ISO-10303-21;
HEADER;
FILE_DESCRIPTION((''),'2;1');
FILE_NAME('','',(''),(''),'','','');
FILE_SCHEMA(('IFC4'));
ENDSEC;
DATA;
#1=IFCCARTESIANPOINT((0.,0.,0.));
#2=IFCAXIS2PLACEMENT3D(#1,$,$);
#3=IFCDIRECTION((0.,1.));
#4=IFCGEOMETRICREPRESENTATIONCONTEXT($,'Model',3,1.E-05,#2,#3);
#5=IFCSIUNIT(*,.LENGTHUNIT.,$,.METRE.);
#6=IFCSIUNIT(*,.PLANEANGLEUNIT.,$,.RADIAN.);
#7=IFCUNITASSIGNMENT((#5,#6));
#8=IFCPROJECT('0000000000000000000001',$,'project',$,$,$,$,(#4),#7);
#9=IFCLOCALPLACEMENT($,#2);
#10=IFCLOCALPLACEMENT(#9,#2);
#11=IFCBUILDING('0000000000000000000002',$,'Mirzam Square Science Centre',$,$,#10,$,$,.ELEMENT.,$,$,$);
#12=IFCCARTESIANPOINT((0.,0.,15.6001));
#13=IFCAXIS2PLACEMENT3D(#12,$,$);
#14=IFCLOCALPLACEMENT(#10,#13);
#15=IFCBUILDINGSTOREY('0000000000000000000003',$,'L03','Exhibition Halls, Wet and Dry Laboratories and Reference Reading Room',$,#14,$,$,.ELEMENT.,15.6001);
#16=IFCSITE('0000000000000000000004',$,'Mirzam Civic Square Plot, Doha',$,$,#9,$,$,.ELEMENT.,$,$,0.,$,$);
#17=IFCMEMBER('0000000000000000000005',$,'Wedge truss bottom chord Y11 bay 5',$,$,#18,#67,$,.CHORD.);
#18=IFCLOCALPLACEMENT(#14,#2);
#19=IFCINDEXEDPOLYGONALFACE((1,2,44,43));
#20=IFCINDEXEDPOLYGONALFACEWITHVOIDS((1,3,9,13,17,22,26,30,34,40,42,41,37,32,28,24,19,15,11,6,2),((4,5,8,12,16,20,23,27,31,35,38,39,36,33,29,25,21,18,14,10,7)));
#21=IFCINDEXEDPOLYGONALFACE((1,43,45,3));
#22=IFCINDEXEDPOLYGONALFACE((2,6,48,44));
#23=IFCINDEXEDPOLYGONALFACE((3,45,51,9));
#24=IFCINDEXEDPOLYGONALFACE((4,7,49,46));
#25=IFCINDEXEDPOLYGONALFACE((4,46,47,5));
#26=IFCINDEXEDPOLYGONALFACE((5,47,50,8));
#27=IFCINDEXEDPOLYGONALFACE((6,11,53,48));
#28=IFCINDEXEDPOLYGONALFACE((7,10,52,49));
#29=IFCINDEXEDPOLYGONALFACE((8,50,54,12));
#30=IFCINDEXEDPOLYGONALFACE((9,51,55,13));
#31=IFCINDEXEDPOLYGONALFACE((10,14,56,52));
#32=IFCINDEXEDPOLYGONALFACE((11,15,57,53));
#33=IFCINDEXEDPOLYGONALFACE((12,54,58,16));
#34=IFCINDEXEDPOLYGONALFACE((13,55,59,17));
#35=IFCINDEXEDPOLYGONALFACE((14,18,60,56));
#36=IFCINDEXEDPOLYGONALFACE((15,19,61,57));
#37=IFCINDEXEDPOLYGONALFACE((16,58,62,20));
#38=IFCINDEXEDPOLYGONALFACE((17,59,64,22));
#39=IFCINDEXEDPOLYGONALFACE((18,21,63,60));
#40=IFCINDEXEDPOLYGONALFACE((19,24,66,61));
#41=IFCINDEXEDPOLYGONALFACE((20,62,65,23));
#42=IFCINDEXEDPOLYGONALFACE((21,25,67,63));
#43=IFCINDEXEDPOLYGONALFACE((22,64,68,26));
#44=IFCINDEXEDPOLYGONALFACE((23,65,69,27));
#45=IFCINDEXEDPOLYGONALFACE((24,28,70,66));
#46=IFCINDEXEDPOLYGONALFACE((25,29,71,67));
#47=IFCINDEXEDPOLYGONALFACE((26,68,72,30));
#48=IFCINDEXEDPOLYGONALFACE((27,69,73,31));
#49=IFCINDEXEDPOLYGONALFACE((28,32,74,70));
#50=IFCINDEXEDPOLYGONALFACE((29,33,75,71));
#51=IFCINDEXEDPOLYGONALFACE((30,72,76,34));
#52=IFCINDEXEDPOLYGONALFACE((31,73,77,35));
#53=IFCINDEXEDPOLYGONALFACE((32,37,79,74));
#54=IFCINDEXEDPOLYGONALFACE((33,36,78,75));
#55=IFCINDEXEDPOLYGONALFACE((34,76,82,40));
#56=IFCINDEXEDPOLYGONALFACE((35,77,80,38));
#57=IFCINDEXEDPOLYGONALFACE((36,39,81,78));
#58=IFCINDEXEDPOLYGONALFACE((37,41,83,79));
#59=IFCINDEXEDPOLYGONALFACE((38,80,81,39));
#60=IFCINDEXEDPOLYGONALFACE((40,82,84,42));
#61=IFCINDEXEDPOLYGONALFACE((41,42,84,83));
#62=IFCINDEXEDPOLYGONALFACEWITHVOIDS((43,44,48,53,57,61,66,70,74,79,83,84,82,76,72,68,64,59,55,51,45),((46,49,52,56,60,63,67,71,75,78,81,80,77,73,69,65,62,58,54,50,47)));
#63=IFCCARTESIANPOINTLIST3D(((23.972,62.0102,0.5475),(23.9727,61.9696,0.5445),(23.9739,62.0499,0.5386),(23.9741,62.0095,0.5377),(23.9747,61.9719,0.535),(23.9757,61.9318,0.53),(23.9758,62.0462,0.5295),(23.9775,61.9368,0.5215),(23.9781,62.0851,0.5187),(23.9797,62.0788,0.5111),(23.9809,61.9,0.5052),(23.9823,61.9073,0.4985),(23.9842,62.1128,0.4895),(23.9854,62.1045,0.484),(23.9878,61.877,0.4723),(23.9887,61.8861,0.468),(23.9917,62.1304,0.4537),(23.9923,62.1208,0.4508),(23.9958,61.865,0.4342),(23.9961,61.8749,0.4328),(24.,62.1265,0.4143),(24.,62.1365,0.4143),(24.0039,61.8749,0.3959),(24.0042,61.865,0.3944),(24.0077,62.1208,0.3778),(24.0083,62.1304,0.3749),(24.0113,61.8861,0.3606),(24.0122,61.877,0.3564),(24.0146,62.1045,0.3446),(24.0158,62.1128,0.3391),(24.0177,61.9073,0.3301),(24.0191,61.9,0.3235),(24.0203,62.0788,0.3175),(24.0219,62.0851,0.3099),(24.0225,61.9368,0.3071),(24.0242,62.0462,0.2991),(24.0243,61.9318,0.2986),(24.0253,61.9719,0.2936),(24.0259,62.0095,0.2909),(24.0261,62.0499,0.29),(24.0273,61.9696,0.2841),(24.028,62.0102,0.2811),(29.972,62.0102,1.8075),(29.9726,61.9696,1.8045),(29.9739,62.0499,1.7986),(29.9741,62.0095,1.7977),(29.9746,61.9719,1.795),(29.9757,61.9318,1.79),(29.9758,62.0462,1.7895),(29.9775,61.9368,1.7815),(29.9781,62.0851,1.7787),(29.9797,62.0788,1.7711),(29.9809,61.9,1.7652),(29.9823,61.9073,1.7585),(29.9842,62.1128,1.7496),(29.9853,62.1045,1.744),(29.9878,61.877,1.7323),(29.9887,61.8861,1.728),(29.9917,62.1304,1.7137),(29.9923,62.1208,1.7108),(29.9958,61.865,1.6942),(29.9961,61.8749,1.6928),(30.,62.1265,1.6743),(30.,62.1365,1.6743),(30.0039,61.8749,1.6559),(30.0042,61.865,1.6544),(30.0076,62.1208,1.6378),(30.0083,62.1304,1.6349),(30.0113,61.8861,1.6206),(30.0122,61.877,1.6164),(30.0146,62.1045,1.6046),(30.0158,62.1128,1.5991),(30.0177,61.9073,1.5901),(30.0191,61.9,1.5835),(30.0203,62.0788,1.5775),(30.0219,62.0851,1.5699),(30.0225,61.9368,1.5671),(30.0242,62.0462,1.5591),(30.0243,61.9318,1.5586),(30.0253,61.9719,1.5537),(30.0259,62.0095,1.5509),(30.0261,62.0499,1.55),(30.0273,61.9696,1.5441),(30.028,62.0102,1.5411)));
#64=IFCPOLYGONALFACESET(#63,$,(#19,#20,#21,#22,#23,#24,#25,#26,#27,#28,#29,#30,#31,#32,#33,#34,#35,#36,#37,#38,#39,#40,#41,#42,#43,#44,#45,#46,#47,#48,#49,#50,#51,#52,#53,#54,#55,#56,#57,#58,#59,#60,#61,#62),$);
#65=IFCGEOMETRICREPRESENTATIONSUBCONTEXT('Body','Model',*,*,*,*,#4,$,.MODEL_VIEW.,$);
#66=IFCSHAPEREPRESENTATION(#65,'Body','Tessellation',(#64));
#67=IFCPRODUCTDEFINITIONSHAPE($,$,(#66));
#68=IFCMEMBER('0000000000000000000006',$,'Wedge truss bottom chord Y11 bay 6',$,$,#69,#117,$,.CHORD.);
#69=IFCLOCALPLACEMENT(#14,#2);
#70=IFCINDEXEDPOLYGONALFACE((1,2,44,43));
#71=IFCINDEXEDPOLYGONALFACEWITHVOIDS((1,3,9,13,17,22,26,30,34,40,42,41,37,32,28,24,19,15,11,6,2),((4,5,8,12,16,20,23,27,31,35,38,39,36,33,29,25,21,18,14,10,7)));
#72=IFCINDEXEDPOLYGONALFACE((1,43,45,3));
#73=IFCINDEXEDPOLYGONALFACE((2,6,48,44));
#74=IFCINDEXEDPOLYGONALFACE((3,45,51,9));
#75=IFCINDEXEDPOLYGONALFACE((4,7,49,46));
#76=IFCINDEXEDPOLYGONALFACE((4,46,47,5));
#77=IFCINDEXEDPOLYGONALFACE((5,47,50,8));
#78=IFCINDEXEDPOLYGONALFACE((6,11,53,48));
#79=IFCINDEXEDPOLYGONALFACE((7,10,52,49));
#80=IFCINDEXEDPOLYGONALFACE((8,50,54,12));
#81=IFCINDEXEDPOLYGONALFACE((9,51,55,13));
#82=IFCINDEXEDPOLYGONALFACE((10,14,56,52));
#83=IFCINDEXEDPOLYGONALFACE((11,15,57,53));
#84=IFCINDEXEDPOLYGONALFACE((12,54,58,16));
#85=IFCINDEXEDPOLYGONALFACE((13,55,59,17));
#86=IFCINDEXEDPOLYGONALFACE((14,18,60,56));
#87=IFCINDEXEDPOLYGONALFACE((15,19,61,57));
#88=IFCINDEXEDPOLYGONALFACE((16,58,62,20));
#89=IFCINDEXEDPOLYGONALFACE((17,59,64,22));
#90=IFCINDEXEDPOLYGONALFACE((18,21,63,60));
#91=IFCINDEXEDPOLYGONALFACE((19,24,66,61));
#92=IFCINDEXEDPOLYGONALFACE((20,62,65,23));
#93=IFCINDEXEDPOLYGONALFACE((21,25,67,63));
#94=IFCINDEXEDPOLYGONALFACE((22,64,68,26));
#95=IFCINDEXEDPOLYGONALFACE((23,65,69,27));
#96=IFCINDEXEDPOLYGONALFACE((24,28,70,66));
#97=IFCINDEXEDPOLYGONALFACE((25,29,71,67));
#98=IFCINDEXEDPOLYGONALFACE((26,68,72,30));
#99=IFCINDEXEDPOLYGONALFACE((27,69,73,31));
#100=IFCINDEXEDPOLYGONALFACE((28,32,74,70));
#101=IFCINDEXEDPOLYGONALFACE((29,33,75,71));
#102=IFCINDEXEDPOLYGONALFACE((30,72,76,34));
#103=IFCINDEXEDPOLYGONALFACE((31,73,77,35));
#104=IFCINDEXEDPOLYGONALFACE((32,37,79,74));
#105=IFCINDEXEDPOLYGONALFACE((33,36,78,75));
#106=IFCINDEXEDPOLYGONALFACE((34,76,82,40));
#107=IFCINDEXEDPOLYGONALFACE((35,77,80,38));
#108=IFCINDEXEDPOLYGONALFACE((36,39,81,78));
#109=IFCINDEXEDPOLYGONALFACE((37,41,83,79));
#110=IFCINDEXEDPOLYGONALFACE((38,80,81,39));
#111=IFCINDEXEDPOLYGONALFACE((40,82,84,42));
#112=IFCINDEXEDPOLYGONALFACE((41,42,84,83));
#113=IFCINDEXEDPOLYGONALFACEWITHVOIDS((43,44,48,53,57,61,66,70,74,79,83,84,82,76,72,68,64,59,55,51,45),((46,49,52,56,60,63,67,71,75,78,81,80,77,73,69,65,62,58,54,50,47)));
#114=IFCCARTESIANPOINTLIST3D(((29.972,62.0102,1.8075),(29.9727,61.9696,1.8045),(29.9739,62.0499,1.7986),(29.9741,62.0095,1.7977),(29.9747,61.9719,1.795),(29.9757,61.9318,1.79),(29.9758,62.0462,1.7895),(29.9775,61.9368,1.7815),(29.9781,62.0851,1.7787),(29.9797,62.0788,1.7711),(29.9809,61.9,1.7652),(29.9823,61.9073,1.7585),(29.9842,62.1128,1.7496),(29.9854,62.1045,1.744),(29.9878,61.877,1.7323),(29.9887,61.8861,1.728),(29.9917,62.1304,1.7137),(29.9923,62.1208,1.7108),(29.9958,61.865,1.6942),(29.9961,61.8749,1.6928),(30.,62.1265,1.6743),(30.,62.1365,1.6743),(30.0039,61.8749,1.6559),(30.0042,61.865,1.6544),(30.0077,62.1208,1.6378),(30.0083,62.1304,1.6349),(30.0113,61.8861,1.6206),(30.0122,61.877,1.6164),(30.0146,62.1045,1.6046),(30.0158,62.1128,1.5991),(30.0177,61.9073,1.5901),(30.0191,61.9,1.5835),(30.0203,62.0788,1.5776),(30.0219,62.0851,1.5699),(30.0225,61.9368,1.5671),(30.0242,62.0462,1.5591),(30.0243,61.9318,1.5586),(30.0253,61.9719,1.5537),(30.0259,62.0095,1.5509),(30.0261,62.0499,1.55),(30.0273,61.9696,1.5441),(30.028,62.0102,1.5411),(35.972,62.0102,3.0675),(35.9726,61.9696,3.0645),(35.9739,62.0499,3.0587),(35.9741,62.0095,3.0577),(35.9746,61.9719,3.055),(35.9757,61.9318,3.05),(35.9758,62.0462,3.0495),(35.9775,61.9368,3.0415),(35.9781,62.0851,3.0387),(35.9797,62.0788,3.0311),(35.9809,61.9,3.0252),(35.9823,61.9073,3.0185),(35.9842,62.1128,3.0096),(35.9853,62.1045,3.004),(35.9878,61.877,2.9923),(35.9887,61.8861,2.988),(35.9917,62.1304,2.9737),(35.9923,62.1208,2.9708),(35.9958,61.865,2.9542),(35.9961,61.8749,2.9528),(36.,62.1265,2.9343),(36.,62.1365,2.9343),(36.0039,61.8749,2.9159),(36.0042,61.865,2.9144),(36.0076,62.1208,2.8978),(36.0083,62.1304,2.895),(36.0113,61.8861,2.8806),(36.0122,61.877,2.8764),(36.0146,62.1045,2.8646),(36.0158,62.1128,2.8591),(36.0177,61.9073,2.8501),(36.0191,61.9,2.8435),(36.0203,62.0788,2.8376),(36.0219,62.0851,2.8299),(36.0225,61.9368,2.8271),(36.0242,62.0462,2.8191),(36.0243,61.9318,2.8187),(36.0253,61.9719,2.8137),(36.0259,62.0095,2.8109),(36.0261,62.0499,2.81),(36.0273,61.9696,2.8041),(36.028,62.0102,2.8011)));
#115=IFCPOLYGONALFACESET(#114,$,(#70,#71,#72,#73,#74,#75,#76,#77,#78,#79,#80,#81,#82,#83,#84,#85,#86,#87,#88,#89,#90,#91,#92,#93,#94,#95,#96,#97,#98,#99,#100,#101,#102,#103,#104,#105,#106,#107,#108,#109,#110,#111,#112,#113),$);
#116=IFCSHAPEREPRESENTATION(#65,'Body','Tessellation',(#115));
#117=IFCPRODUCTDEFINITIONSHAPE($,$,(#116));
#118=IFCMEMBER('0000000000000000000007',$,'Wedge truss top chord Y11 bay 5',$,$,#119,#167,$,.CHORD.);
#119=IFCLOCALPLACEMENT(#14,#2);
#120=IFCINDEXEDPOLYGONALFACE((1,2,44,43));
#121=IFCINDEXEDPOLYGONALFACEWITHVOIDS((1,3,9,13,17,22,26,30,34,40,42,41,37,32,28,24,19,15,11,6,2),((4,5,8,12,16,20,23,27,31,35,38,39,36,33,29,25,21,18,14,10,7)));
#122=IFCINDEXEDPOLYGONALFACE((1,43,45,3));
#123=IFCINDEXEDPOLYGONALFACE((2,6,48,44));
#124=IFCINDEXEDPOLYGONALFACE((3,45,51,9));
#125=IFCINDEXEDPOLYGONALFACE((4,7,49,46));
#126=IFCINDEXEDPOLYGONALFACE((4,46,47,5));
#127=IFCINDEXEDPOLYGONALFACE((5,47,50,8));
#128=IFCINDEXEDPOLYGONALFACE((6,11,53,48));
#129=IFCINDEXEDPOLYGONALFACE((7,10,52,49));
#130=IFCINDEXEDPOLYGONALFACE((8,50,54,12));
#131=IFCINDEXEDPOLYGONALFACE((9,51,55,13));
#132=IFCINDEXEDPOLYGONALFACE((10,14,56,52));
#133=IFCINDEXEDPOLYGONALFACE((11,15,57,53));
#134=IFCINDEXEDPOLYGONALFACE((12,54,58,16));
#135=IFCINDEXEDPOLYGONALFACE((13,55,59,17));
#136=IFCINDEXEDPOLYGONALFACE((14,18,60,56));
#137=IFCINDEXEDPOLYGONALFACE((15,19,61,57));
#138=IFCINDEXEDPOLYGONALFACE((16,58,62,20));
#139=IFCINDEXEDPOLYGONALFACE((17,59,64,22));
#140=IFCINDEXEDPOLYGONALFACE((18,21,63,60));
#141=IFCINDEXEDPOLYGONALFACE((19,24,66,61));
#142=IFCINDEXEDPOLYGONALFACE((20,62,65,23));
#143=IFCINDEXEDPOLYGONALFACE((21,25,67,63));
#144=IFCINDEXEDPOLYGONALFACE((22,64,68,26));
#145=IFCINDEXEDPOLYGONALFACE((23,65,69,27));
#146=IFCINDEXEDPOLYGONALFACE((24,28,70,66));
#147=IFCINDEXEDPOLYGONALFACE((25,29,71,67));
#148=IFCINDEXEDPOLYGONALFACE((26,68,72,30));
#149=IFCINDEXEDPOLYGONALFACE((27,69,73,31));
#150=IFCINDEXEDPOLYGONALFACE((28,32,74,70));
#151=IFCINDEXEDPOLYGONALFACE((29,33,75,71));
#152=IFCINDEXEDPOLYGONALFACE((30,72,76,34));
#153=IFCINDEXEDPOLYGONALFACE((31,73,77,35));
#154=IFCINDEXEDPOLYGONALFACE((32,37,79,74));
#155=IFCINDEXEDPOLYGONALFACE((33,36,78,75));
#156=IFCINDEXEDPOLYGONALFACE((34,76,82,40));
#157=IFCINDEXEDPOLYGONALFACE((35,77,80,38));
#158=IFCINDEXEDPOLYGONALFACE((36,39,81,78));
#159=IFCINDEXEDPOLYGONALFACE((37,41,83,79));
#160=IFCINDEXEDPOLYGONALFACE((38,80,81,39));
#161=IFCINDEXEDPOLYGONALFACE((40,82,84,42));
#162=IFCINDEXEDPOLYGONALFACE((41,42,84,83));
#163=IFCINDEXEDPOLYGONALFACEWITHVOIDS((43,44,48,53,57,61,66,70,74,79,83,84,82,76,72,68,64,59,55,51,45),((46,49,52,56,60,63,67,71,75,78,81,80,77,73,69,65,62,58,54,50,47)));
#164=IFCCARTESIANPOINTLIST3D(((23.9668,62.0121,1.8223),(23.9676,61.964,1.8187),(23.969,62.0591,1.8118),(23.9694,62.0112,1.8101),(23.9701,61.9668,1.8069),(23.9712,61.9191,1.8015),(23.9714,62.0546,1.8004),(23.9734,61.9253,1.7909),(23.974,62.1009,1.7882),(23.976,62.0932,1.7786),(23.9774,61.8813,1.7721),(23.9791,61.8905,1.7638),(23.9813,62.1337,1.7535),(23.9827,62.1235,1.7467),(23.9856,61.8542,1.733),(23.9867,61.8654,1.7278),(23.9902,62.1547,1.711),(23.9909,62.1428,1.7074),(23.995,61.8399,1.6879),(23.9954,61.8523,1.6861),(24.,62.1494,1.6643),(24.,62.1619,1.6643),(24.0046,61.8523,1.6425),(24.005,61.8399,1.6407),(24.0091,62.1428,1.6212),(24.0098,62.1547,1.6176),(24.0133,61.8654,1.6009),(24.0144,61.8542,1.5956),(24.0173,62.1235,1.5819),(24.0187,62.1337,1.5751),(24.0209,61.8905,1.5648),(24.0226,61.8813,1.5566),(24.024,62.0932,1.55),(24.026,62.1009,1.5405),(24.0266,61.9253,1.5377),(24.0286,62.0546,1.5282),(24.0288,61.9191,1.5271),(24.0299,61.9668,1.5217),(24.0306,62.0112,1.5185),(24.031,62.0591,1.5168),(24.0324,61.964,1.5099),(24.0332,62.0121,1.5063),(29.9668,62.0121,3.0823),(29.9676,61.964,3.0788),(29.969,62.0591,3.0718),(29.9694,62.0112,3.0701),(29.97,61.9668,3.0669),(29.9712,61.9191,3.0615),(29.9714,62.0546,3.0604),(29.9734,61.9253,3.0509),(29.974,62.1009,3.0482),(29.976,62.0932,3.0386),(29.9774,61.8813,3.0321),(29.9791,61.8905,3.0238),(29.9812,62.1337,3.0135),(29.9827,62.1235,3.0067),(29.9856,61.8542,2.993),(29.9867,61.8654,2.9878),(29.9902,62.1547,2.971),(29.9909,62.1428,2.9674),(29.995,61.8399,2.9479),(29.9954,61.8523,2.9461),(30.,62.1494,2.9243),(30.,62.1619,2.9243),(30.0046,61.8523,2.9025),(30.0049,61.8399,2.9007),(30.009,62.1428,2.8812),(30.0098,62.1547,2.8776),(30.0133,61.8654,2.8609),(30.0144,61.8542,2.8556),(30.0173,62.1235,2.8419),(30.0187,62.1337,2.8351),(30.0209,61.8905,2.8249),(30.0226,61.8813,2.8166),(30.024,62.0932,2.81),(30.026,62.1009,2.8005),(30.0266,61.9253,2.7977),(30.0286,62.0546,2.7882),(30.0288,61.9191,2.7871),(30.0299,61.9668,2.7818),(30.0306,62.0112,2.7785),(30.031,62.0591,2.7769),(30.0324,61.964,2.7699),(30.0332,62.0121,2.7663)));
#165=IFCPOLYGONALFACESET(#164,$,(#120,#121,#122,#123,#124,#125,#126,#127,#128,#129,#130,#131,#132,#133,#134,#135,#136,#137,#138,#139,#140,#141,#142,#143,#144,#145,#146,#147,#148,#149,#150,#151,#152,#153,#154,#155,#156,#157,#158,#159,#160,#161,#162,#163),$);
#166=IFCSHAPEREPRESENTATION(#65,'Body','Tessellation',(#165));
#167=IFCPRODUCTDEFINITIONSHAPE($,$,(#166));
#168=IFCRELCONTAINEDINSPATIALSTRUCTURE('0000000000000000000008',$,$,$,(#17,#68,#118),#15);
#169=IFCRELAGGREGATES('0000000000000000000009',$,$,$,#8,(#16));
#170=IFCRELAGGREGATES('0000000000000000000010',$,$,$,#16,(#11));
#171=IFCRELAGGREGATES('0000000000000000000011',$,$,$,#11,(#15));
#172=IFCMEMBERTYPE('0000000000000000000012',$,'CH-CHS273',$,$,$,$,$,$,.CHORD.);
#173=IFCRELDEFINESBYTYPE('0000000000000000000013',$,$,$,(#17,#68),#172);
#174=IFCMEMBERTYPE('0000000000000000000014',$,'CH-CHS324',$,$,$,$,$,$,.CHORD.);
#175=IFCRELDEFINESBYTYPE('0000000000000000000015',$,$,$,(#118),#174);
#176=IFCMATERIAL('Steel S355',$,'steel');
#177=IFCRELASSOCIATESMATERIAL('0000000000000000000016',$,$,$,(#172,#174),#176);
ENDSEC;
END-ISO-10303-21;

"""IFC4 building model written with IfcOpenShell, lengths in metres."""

from ifc_helpers import new_model, si_unit, direction, frame, origin, origin_2d, place, context, subcontext, project, spatial, hollow_circle, extrude, material, material_profile, profile_set, type_object, element, save


model = new_model("IFC4")

# Units and contexts
model_context = context("Model", 3, precision=1e-05, world=origin(), true_north=direction((0.0, 1.0)))
body_context = subcontext(model_context, "Body", "Model", "MODEL_VIEW")
ifc_project = project(units=[si_unit("LENGTHUNIT", "METRE"), si_unit("PLANEANGLEUNIT", "RADIAN")], contexts=[model_context])

# Site, building, storey
site_placement = place(None, origin())
site = spatial("IfcSite", under=ifc_project, at=site_placement, Name="Mirzam Civic Square Plot, Doha", CompositionType="ELEMENT", RefElevation=0.0)
building_placement = place(site_placement, origin())
building = spatial("IfcBuilding", under=site, at=building_placement, Name="Mirzam Square Science Centre", CompositionType="ELEMENT")
storey_placement = place(building_placement, frame((0.0, 0.0, 15.6001)))
storey = spatial("IfcBuildingStorey", under=building, at=storey_placement, Name="L03", Description="Exhibition Halls, Wet and Dry Laboratories and Reference Reading Room", CompositionType="ELEMENT", Elevation=15.6001)

# Shared definitions
ifc_material_1 = material(Name="Steel S355", Category="steel")

# Members
ifc_material_profile_1 = material_profile(ifc_material_1, hollow_circle(Radius=0.1365, WallThickness=0.01, at=origin_2d()), Name="273.0x10.0CHS")
ifc_profile_set_1 = profile_set([ifc_material_profile_1], Name="Steel S355")
member_type_1 = type_object("IfcMemberType", Name="CH-CHS273", PredefinedType="CHORD", material=ifc_profile_set_1)
for number, where, z_axis, x_axis, name in (
    (1, (24.0, 62.0, 0.4143), (0.978653, 0.0, 0.205519), (0.0, 1.0, 0.0), "Wedge truss bottom chord Y11 bay 5"),
    (2, (30.0, 62.0, 1.6743), (0.978653, 0.0, 0.205519), (0.0, 1.0, 0.0), "Wedge truss bottom chord Y11 bay 6"),
):
    element("IfcMember", number, at=place(storey_placement, frame(where, z_axis=z_axis, x_axis=x_axis)), inside=storey, type_object=member_type_1, Name=name, PredefinedType="CHORD", context=body_context, shape_type="SweptSolid", body=[
        extrude(hollow_circle(Radius=0.1365, WallThickness=0.01, at=origin_2d()), origin(), (0.0, 0.0, 1.0), 6.1309),
    ])
ifc_material_profile_2 = material_profile(ifc_material_1, hollow_circle(Radius=0.1619, WallThickness=0.0125, at=origin_2d()), Name="323.9x12.5CHS")
ifc_profile_set_2 = profile_set([ifc_material_profile_2], Name="Steel S355")
member_type_2 = type_object("IfcMemberType", Name="CH-CHS324", PredefinedType="CHORD", material=ifc_profile_set_2)
for number, where, z_axis, x_axis, name in (
    (3, (24.0, 62.0, 1.6643), (0.978653, 0.0, 0.205519), (0.0, 1.0, 0.0), "Wedge truss top chord Y11 bay 5"),
):
    element("IfcMember", number, at=place(storey_placement, frame(where, z_axis=z_axis, x_axis=x_axis)), inside=storey, type_object=member_type_2, Name=name, PredefinedType="CHORD", context=body_context, shape_type="SweptSolid", body=[
        extrude(hollow_circle(Radius=0.1619, WallThickness=0.0125, at=origin_2d()), origin(), (0.0, 0.0, 1.0), 6.1309),
    ])

save(model, "model.ifc")
